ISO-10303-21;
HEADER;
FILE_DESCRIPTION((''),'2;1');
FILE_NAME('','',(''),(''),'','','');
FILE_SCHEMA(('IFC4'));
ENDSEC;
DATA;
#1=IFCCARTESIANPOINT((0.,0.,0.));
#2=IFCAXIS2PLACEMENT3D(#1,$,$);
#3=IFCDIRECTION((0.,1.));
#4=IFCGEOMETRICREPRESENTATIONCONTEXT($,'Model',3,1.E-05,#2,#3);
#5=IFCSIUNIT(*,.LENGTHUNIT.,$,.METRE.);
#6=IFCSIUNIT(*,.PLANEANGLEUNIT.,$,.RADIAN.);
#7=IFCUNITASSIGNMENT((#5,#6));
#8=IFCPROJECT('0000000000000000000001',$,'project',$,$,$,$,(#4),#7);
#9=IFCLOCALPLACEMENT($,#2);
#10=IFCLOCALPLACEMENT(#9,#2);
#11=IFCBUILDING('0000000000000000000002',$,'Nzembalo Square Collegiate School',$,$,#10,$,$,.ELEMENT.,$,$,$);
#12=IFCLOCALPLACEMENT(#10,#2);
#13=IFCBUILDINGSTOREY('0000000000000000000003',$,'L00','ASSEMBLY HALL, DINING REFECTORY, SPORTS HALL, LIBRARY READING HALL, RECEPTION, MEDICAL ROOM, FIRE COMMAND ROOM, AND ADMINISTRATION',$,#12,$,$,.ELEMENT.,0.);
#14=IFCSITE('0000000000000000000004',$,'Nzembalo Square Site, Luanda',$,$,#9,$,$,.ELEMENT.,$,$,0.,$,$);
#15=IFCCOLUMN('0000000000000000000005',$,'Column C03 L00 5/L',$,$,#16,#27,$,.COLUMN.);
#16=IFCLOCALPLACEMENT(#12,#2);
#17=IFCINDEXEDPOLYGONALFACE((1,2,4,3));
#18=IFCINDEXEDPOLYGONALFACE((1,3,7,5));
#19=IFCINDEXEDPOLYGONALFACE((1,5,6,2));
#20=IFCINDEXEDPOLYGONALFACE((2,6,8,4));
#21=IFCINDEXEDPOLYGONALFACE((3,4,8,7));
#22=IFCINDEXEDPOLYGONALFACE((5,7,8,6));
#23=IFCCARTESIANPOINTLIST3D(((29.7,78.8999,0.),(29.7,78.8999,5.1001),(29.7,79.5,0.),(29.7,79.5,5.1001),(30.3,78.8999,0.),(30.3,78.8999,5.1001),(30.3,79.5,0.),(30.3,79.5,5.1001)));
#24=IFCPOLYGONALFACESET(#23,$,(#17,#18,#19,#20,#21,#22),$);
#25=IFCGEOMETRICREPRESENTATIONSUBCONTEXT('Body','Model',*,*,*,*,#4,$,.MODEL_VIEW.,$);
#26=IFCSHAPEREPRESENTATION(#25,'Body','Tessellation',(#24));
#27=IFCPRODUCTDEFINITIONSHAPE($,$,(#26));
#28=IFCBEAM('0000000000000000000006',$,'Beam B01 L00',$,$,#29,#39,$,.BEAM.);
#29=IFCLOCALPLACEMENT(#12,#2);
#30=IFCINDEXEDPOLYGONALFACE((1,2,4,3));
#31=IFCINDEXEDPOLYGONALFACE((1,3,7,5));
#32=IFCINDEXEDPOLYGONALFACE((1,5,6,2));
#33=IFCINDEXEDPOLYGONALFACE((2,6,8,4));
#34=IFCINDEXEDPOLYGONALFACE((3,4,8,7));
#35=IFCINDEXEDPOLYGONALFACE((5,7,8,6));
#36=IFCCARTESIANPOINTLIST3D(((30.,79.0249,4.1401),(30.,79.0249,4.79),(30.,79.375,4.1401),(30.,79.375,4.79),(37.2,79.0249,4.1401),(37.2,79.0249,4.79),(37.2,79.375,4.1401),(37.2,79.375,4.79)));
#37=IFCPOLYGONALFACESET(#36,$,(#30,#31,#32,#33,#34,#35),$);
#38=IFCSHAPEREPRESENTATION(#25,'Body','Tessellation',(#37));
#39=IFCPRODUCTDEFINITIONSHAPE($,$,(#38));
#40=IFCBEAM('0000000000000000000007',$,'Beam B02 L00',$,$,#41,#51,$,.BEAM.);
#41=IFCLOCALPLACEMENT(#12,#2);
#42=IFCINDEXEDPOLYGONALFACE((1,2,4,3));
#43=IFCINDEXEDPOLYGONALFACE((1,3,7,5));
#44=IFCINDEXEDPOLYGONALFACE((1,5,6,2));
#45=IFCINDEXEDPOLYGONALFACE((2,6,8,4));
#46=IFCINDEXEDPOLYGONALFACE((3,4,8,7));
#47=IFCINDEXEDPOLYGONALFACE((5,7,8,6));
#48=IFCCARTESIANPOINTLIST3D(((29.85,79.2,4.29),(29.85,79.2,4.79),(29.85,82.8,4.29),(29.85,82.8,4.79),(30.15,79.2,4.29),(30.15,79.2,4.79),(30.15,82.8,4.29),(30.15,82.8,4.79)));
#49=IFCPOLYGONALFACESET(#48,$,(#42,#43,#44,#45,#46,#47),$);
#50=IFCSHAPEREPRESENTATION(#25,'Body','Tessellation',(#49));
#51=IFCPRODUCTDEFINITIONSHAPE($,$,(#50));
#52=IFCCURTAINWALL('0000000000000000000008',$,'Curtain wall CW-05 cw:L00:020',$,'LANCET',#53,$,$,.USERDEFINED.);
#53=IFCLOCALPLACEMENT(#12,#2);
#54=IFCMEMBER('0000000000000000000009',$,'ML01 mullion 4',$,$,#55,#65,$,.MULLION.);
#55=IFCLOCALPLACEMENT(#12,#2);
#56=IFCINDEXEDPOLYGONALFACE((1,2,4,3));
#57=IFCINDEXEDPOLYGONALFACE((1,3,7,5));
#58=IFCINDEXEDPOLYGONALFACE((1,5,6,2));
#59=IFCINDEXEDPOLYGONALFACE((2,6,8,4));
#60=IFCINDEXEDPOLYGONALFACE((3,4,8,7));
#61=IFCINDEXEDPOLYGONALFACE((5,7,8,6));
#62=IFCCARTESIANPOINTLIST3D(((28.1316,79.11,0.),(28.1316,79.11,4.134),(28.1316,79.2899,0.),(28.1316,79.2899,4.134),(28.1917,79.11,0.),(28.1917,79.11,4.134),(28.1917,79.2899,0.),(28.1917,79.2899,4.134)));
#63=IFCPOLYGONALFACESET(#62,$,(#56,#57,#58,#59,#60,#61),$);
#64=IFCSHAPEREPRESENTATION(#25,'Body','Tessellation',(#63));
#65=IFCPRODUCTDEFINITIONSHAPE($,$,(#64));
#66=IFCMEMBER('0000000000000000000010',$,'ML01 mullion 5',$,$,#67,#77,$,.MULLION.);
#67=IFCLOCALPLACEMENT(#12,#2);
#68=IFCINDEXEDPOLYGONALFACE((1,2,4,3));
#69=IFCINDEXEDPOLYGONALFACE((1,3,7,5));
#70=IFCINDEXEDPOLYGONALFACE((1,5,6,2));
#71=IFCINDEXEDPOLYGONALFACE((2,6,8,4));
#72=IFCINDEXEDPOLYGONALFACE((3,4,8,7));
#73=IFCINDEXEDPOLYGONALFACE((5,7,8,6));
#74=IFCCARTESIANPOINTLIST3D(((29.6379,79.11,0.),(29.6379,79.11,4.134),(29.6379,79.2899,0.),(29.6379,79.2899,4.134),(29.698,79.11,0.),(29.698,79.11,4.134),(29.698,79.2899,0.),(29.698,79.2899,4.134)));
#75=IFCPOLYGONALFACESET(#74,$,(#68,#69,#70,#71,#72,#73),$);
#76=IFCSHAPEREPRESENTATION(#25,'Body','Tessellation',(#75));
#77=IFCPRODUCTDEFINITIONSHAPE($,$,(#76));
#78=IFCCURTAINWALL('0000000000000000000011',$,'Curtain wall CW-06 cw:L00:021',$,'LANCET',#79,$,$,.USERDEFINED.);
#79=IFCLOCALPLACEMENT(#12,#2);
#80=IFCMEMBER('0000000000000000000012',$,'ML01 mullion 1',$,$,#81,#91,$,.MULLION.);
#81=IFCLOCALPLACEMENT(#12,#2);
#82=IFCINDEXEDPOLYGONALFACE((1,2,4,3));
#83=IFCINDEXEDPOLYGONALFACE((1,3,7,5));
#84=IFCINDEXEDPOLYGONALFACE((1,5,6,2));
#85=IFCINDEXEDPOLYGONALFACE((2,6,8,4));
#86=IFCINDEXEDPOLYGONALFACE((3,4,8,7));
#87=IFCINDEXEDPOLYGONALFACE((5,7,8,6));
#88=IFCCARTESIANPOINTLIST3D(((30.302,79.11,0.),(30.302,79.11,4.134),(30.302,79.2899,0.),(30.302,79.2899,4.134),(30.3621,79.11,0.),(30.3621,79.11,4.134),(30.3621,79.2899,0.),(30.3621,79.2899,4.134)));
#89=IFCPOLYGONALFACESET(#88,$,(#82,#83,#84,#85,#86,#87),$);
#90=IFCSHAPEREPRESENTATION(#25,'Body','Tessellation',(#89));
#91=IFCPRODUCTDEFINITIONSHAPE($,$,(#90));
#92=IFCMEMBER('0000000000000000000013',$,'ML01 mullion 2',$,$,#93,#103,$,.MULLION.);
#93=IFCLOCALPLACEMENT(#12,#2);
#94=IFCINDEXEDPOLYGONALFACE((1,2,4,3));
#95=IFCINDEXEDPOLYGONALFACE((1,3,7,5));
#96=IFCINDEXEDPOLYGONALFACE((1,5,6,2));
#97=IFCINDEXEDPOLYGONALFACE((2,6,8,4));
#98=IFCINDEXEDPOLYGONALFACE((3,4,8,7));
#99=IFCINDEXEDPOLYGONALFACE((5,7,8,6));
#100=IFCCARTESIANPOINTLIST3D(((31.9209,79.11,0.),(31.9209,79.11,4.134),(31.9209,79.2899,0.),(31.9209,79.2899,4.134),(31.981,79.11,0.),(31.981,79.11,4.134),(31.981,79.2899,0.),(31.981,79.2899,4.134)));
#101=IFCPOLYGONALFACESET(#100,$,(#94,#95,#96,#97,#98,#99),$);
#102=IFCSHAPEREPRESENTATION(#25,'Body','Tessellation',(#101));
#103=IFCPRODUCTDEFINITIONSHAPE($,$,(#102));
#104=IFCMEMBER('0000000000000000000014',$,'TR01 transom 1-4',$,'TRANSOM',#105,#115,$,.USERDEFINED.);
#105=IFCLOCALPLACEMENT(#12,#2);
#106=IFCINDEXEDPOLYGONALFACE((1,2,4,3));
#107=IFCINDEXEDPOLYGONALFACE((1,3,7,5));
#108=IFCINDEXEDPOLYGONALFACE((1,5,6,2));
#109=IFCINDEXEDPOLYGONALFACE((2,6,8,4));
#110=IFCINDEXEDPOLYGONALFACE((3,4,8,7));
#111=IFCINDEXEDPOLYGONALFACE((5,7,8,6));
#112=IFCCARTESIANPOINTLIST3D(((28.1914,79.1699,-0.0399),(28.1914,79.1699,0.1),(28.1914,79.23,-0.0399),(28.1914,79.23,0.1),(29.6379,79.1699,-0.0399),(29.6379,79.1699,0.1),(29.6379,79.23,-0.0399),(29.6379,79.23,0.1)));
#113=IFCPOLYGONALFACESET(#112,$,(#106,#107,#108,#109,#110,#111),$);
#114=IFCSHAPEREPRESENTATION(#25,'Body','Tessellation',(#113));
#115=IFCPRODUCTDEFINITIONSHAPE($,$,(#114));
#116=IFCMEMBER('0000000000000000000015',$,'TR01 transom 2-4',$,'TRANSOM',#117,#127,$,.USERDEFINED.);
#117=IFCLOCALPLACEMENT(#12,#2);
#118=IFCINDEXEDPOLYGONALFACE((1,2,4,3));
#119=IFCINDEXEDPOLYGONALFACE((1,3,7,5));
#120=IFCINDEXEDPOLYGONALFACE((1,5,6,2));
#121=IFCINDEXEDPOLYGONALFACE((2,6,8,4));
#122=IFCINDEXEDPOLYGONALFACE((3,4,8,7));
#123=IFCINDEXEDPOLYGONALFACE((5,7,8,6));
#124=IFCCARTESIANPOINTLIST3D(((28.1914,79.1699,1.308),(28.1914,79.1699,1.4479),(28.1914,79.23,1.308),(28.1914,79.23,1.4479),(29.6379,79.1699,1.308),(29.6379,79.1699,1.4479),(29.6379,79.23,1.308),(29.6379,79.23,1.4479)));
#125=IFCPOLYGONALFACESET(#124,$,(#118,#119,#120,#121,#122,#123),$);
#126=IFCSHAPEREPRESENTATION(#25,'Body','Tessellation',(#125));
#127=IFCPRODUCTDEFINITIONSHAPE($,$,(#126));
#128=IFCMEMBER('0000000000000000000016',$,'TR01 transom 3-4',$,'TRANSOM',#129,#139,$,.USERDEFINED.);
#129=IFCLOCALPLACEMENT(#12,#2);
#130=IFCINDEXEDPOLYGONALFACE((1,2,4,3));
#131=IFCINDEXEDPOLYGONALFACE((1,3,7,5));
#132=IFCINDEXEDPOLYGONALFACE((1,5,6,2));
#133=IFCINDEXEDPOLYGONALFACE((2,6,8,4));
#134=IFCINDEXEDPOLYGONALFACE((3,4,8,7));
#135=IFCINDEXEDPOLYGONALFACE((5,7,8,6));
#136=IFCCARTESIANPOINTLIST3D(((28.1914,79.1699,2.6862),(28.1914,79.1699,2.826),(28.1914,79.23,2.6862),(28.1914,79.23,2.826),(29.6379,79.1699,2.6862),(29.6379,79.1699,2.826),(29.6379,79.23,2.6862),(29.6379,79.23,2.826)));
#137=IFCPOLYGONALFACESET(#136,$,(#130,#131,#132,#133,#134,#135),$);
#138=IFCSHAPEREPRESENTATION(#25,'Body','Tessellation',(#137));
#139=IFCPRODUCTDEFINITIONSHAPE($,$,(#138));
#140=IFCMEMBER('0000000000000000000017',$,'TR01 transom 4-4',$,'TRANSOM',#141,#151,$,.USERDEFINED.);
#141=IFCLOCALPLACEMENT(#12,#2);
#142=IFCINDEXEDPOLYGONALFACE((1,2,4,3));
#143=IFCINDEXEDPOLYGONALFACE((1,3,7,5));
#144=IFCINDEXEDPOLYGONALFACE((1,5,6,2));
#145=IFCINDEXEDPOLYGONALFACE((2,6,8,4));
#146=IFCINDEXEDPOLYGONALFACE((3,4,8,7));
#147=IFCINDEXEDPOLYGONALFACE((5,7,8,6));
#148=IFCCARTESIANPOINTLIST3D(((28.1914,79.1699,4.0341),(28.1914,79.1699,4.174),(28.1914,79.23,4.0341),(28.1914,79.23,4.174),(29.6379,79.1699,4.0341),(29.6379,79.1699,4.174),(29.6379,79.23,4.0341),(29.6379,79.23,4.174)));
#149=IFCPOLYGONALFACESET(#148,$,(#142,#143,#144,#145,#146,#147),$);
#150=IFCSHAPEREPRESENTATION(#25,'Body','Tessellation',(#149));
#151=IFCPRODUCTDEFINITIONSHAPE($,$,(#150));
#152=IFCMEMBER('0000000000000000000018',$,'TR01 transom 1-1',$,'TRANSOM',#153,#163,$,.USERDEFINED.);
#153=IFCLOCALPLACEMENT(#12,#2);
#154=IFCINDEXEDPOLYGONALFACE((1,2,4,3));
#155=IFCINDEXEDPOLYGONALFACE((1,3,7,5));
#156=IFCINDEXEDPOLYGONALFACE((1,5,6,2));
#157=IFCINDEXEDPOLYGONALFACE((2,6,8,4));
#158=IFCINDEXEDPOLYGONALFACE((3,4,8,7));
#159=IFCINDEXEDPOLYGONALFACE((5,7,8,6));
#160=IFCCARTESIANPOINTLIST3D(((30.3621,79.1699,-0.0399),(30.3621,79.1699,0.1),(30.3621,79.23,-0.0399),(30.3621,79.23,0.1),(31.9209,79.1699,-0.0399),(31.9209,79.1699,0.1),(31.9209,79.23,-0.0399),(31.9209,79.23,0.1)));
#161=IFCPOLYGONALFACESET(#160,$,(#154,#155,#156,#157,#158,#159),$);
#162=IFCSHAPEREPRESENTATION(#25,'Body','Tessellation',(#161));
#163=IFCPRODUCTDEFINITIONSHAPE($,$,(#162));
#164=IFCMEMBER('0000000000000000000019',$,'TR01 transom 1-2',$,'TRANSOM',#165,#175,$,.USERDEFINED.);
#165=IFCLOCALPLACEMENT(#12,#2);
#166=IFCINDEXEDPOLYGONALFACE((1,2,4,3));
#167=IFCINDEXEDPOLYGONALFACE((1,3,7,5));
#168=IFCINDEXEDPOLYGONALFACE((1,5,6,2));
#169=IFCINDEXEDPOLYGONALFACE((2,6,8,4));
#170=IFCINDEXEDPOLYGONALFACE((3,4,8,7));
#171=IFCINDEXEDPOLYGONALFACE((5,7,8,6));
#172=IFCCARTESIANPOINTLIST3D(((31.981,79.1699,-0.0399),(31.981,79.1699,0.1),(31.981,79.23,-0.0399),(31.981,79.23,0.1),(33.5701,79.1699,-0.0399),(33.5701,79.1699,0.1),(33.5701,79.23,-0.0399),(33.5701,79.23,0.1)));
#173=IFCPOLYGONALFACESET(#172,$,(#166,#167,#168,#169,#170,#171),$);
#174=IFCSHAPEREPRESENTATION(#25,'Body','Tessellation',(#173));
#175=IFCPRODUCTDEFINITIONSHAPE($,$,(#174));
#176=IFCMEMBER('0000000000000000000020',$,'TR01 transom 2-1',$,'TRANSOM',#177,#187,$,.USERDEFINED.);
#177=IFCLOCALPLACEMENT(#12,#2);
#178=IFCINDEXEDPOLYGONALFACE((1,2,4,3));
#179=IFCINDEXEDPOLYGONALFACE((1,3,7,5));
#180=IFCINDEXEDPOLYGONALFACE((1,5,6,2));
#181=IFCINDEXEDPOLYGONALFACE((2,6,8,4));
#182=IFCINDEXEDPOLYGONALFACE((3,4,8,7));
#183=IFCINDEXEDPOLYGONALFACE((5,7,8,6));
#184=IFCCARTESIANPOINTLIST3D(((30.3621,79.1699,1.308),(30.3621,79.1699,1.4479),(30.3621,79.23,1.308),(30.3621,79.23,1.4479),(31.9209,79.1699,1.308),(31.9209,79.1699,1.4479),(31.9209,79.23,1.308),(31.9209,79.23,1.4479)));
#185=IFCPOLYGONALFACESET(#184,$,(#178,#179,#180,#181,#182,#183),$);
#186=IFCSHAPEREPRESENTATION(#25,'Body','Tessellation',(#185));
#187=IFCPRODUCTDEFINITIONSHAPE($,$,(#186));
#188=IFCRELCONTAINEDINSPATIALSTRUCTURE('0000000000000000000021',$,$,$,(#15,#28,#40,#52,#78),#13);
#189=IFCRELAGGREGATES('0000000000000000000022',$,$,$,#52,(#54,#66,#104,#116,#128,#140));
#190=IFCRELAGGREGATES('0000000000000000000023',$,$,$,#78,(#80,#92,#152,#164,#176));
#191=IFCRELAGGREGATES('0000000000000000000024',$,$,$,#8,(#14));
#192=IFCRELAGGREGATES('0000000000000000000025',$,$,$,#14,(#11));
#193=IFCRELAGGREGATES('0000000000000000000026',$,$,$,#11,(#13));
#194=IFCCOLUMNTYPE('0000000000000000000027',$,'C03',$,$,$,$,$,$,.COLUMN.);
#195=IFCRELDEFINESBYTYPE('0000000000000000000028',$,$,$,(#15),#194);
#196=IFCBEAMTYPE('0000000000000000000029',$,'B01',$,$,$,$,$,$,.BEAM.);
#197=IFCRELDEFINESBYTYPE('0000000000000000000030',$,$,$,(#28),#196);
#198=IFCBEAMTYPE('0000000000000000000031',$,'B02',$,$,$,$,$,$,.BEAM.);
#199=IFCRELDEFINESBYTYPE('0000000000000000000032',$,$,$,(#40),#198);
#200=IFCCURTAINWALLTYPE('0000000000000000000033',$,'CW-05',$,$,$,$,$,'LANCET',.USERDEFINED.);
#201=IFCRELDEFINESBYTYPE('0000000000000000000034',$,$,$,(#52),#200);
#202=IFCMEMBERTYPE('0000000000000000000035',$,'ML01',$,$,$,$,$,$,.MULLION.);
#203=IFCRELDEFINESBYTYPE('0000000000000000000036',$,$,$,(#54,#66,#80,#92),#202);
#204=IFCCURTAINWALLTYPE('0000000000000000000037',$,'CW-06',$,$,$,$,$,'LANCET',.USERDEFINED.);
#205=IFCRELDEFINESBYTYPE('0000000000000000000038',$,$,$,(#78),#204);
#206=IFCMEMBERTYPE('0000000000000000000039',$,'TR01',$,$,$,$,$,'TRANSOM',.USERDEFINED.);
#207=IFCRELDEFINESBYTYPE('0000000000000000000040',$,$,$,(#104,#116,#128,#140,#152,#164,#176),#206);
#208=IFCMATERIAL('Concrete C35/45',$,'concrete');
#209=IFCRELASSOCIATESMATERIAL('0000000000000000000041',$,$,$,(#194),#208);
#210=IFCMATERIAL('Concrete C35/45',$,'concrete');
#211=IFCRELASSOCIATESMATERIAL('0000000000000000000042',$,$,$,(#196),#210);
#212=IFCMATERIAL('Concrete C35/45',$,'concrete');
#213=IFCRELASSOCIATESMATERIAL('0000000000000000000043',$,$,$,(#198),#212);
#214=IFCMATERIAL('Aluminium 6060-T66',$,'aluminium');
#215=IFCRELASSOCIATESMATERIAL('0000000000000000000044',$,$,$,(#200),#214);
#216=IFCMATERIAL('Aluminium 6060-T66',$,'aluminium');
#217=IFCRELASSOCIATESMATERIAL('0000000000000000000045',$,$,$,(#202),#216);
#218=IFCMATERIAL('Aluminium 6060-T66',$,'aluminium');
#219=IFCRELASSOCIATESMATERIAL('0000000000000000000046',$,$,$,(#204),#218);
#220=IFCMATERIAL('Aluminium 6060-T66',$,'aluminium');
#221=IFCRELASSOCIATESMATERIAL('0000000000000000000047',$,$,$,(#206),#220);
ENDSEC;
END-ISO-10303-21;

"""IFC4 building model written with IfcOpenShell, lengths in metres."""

from ifc_helpers import new_model, si_unit, direction, frame, origin, origin_2d, place, context, subcontext, project, spatial, rectangle, extrude, material, material_profile, profile_set, type_object, element, aggregate, save


model = new_model("IFC4")

# Units and contexts
model_context = context("Model", 3, precision=1e-05, world=origin(), true_north=direction((0.0, 1.0)))
body_context = subcontext(model_context, "Body", "Model", "MODEL_VIEW")
ifc_project = project(units=[si_unit("LENGTHUNIT", "METRE"), si_unit("PLANEANGLEUNIT", "RADIAN")], contexts=[model_context])

# Site, building, storey
site_placement = place(None, origin())
site = spatial("IfcSite", under=ifc_project, at=site_placement, Name="Nzembalo Square Site, Luanda", CompositionType="ELEMENT", RefElevation=0.0)
building_placement = place(site_placement, origin())
building = spatial("IfcBuilding", under=site, at=building_placement, Name="Nzembalo Square Collegiate School", CompositionType="ELEMENT")
storey_placement = place(building_placement, origin())
storey = spatial("IfcBuildingStorey", under=building, at=storey_placement, Name="L00", Description="ASSEMBLY HALL, DINING REFECTORY, SPORTS HALL, LIBRARY READING HALL, RECEPTION, MEDICAL ROOM, FIRE COMMAND ROOM, AND ADMINISTRATION", CompositionType="ELEMENT", Elevation=0.0)

# Column
ifc_material_1 = material(Name="Concrete C35/45", Category="concrete")
ifc_material_profile_1 = material_profile(ifc_material_1, rectangle(XDim=0.6001, YDim=0.6001, at=origin_2d()), Name="RC 600x600")
ifc_profile_set_1 = profile_set([ifc_material_profile_1], Name="Concrete C35/45")
column_type = type_object("IfcColumnType", Name="C03", PredefinedType="COLUMN", material=ifc_profile_set_1)
column_placement = place(storey_placement, frame((30.0, 79.2, 0.0), z_axis=(0.0, 0.0, 1.0), x_axis=(1.0, 0.0, 0.0)))
element("IfcColumn", 1, at=column_placement, inside=storey, type_object=column_type, Name="Column C03 L00 5/L", PredefinedType="COLUMN", context=body_context, shape_type="SweptSolid", body=[
    extrude(rectangle(XDim=0.6001, YDim=0.6001, at=origin_2d()), origin(), (0.0, 0.0, 1.0), 5.1001),
])

# Beams
ifc_material_2 = material(Name="Concrete C35/45", Category="concrete")
ifc_material_profile_2 = material_profile(ifc_material_2, rectangle(XDim=0.3501, YDim=0.6499, at=origin_2d()), Name="RC 350x650")
ifc_profile_set_2 = profile_set([ifc_material_profile_2], Name="Concrete C35/45")
beam_type_1 = type_object("IfcBeamType", Name="B01", PredefinedType="BEAM", material=ifc_profile_set_2)
beam_1_placement = place(storey_placement, frame((30.0, 79.2, 4.4651), z_axis=(1.0, 0.0, 0.0), x_axis=(0.0, 1.0, 0.0)))
element("IfcBeam", 2, at=beam_1_placement, inside=storey, type_object=beam_type_1, Name="Beam B01 L00", PredefinedType="BEAM", context=body_context, shape_type="SweptSolid", body=[
    extrude(rectangle(XDim=0.3501, YDim=0.6499, at=origin_2d()), origin(), (0.0, 0.0, 1.0), 7.2),
])
ifc_material_3 = material(Name="Concrete C35/45", Category="concrete")
ifc_material_profile_3 = material_profile(ifc_material_3, rectangle(XDim=0.3, YDim=0.5, at=origin_2d()), Name="RC 300x500")
ifc_profile_set_3 = profile_set([ifc_material_profile_3], Name="Concrete C35/45")
beam_type_2 = type_object("IfcBeamType", Name="B02", PredefinedType="BEAM", material=ifc_profile_set_3)
beam_2_placement = place(storey_placement, frame((30.0, 79.2, 4.54), z_axis=(0.0, 1.0, 0.0), x_axis=(-1.0, 0.0, 0.0)))
element("IfcBeam", 3, at=beam_2_placement, inside=storey, type_object=beam_type_2, Name="Beam B02 L00", PredefinedType="BEAM", context=body_context, shape_type="SweptSolid", body=[
    extrude(rectangle(XDim=0.3, YDim=0.5, at=origin_2d()), origin(), (0.0, 0.0, 1.0), 3.6001),
])

# Curtain walls, members
ifc_material_4 = material(Name="Aluminium 6060-T66", Category="aluminium")
curtain_wall_type_1 = type_object("IfcCurtainWallType", Name="CW-05", ElementType="LANCET", PredefinedType="USERDEFINED", material=ifc_material_4)
curtain_wall_1_placement = place(storey_placement, origin())
curtain_wall_1 = element("IfcCurtainWall", 4, at=curtain_wall_1_placement, inside=storey, type_object=curtain_wall_type_1, Name="Curtain wall CW-05 cw:L00:020", ObjectType="LANCET", PredefinedType="USERDEFINED")
ifc_material_5 = material(Name="Aluminium 6060-T66", Category="aluminium")
ifc_material_profile_4 = material_profile(ifc_material_5, rectangle(XDim=0.0601, YDim=0.1799, at=origin_2d()), Name="ALU M60x180")
ifc_profile_set_4 = profile_set([ifc_material_profile_4], Name="Aluminium 6060-T66")
member_type_1 = type_object("IfcMemberType", Name="ML01", PredefinedType="MULLION", material=ifc_profile_set_4)
member_1_placement = place(storey_placement, frame((28.1616, 79.2, 0.0), z_axis=(0.0, 0.0, 1.0), x_axis=(1.0, 0.0, 0.0)))
member_1 = element("IfcMember", 5, at=member_1_placement, type_object=member_type_1, Name="ML01 mullion 4", PredefinedType="MULLION", context=body_context, shape_type="SweptSolid", body=[
    extrude(rectangle(XDim=0.0601, YDim=0.1799, at=origin_2d()), origin(), (0.0, 0.0, 1.0), 4.134),
])
member_2_placement = place(storey_placement, frame((29.668, 79.2, 0.0), z_axis=(0.0, 0.0, 1.0), x_axis=(1.0, 0.0, 0.0)))
member_2 = element("IfcMember", 6, at=member_2_placement, type_object=member_type_1, Name="ML01 mullion 5", PredefinedType="MULLION", context=body_context, shape_type="SweptSolid", body=[
    extrude(rectangle(XDim=0.0601, YDim=0.1799, at=origin_2d()), origin(), (0.0, 0.0, 1.0), 4.134),
])
ifc_material_6 = material(Name="Aluminium 6060-T66", Category="aluminium")
curtain_wall_type_2 = type_object("IfcCurtainWallType", Name="CW-06", ElementType="LANCET", PredefinedType="USERDEFINED", material=ifc_material_6)
curtain_wall_2_placement = place(storey_placement, origin())
curtain_wall_2 = element("IfcCurtainWall", 7, at=curtain_wall_2_placement, inside=storey, type_object=curtain_wall_type_2, Name="Curtain wall CW-06 cw:L00:021", ObjectType="LANCET", PredefinedType="USERDEFINED")
member_3_placement = place(storey_placement, frame((30.332, 79.2, 0.0), z_axis=(0.0, 0.0, 1.0), x_axis=(1.0, 0.0, 0.0)))
member_3 = element("IfcMember", 8, at=member_3_placement, type_object=member_type_1, Name="ML01 mullion 1", PredefinedType="MULLION", context=body_context, shape_type="SweptSolid", body=[
    extrude(rectangle(XDim=0.0601, YDim=0.1799, at=origin_2d()), origin(), (0.0, 0.0, 1.0), 4.134),
])
member_4_placement = place(storey_placement, frame((31.9509, 79.2, 0.0), z_axis=(0.0, 0.0, 1.0), x_axis=(1.0, 0.0, 0.0)))
member_4 = element("IfcMember", 9, at=member_4_placement, type_object=member_type_1, Name="ML01 mullion 2", PredefinedType="MULLION", context=body_context, shape_type="SweptSolid", body=[
    extrude(rectangle(XDim=0.0601, YDim=0.1799, at=origin_2d()), origin(), (0.0, 0.0, 1.0), 4.134),
])

# Members
ifc_material_7 = material(Name="Aluminium 6060-T66", Category="aluminium")
ifc_material_profile_5 = material_profile(ifc_material_7, rectangle(XDim=0.0601, YDim=0.1399, at=origin_2d()), Name="ALU T60x140")
ifc_profile_set_5 = profile_set([ifc_material_profile_5], Name="Aluminium 6060-T66")
member_type_2 = type_object("IfcMemberType", Name="TR01", ElementType="TRANSOM", PredefinedType="USERDEFINED", material=ifc_profile_set_5)
member_5_placement = place(storey_placement, frame((28.1914, 79.2, 0.03), z_axis=(1.0, 0.0, 0.0), x_axis=(0.0, 1.0, 0.0)))
member_5 = element("IfcMember", 10, at=member_5_placement, type_object=member_type_2, Name="TR01 transom 1-4", ObjectType="TRANSOM", PredefinedType="USERDEFINED", context=body_context, shape_type="SweptSolid", body=[
    extrude(rectangle(XDim=0.0601, YDim=0.1399, at=origin_2d()), origin(), (0.0, 0.0, 1.0), 1.4465),
])
member_6_placement = place(storey_placement, frame((28.1914, 79.2, 1.3779), z_axis=(1.0, 0.0, 0.0), x_axis=(0.0, 1.0, 0.0)))
member_6 = element("IfcMember", 11, at=member_6_placement, type_object=member_type_2, Name="TR01 transom 2-4", ObjectType="TRANSOM", PredefinedType="USERDEFINED", context=body_context, shape_type="SweptSolid", body=[
    extrude(rectangle(XDim=0.0601, YDim=0.1399, at=origin_2d()), origin(), (0.0, 0.0, 1.0), 1.4465),
])
member_7_placement = place(storey_placement, frame((28.1914, 79.2, 2.7561), z_axis=(1.0, 0.0, 0.0), x_axis=(0.0, 1.0, 0.0)))
member_7 = element("IfcMember", 12, at=member_7_placement, type_object=member_type_2, Name="TR01 transom 3-4", ObjectType="TRANSOM", PredefinedType="USERDEFINED", context=body_context, shape_type="SweptSolid", body=[
    extrude(rectangle(XDim=0.0601, YDim=0.1399, at=origin_2d()), origin(), (0.0, 0.0, 1.0), 1.4465),
])
member_8_placement = place(storey_placement, frame((28.1914, 79.2, 4.104), z_axis=(1.0, 0.0, 0.0), x_axis=(0.0, 1.0, 0.0)))
member_8 = element("IfcMember", 13, at=member_8_placement, type_object=member_type_2, Name="TR01 transom 4-4", ObjectType="TRANSOM", PredefinedType="USERDEFINED", context=body_context, shape_type="SweptSolid", body=[
    extrude(rectangle(XDim=0.0601, YDim=0.1399, at=origin_2d()), origin(), (0.0, 0.0, 1.0), 1.4465),
])
member_9_placement = place(storey_placement, frame((30.3621, 79.2, 0.03), z_axis=(1.0, 0.0, 0.0), x_axis=(0.0, 1.0, 0.0)))
member_9 = element("IfcMember", 14, at=member_9_placement, type_object=member_type_2, Name="TR01 transom 1-1", ObjectType="TRANSOM", PredefinedType="USERDEFINED", context=body_context, shape_type="SweptSolid", body=[
    extrude(rectangle(XDim=0.0601, YDim=0.1399, at=origin_2d()), origin(), (0.0, 0.0, 1.0), 1.5588),
])
member_10_placement = place(storey_placement, frame((31.981, 79.2, 0.03), z_axis=(1.0, 0.0, 0.0), x_axis=(0.0, 1.0, 0.0)))
member_10 = element("IfcMember", 15, at=member_10_placement, type_object=member_type_2, Name="TR01 transom 1-2", ObjectType="TRANSOM", PredefinedType="USERDEFINED", context=body_context, shape_type="SweptSolid", body=[
    extrude(rectangle(XDim=0.0601, YDim=0.1399, at=origin_2d()), origin(), (0.0, 0.0, 1.0), 1.5891),
])
member_11_placement = place(storey_placement, frame((30.3621, 79.2, 1.3779), z_axis=(1.0, 0.0, 0.0), x_axis=(0.0, 1.0, 0.0)))
member_11 = element("IfcMember", 16, at=member_11_placement, type_object=member_type_2, Name="TR01 transom 2-1", ObjectType="TRANSOM", PredefinedType="USERDEFINED", context=body_context, shape_type="SweptSolid", body=[
    extrude(rectangle(XDim=0.0601, YDim=0.1399, at=origin_2d()), origin(), (0.0, 0.0, 1.0), 1.5588),
])

aggregate(curtain_wall_1, [member_1, member_2, member_5, member_6, member_7, member_8])
aggregate(curtain_wall_2, [member_3, member_4, member_9, member_10, member_11])

save(model, "model.ifc")
